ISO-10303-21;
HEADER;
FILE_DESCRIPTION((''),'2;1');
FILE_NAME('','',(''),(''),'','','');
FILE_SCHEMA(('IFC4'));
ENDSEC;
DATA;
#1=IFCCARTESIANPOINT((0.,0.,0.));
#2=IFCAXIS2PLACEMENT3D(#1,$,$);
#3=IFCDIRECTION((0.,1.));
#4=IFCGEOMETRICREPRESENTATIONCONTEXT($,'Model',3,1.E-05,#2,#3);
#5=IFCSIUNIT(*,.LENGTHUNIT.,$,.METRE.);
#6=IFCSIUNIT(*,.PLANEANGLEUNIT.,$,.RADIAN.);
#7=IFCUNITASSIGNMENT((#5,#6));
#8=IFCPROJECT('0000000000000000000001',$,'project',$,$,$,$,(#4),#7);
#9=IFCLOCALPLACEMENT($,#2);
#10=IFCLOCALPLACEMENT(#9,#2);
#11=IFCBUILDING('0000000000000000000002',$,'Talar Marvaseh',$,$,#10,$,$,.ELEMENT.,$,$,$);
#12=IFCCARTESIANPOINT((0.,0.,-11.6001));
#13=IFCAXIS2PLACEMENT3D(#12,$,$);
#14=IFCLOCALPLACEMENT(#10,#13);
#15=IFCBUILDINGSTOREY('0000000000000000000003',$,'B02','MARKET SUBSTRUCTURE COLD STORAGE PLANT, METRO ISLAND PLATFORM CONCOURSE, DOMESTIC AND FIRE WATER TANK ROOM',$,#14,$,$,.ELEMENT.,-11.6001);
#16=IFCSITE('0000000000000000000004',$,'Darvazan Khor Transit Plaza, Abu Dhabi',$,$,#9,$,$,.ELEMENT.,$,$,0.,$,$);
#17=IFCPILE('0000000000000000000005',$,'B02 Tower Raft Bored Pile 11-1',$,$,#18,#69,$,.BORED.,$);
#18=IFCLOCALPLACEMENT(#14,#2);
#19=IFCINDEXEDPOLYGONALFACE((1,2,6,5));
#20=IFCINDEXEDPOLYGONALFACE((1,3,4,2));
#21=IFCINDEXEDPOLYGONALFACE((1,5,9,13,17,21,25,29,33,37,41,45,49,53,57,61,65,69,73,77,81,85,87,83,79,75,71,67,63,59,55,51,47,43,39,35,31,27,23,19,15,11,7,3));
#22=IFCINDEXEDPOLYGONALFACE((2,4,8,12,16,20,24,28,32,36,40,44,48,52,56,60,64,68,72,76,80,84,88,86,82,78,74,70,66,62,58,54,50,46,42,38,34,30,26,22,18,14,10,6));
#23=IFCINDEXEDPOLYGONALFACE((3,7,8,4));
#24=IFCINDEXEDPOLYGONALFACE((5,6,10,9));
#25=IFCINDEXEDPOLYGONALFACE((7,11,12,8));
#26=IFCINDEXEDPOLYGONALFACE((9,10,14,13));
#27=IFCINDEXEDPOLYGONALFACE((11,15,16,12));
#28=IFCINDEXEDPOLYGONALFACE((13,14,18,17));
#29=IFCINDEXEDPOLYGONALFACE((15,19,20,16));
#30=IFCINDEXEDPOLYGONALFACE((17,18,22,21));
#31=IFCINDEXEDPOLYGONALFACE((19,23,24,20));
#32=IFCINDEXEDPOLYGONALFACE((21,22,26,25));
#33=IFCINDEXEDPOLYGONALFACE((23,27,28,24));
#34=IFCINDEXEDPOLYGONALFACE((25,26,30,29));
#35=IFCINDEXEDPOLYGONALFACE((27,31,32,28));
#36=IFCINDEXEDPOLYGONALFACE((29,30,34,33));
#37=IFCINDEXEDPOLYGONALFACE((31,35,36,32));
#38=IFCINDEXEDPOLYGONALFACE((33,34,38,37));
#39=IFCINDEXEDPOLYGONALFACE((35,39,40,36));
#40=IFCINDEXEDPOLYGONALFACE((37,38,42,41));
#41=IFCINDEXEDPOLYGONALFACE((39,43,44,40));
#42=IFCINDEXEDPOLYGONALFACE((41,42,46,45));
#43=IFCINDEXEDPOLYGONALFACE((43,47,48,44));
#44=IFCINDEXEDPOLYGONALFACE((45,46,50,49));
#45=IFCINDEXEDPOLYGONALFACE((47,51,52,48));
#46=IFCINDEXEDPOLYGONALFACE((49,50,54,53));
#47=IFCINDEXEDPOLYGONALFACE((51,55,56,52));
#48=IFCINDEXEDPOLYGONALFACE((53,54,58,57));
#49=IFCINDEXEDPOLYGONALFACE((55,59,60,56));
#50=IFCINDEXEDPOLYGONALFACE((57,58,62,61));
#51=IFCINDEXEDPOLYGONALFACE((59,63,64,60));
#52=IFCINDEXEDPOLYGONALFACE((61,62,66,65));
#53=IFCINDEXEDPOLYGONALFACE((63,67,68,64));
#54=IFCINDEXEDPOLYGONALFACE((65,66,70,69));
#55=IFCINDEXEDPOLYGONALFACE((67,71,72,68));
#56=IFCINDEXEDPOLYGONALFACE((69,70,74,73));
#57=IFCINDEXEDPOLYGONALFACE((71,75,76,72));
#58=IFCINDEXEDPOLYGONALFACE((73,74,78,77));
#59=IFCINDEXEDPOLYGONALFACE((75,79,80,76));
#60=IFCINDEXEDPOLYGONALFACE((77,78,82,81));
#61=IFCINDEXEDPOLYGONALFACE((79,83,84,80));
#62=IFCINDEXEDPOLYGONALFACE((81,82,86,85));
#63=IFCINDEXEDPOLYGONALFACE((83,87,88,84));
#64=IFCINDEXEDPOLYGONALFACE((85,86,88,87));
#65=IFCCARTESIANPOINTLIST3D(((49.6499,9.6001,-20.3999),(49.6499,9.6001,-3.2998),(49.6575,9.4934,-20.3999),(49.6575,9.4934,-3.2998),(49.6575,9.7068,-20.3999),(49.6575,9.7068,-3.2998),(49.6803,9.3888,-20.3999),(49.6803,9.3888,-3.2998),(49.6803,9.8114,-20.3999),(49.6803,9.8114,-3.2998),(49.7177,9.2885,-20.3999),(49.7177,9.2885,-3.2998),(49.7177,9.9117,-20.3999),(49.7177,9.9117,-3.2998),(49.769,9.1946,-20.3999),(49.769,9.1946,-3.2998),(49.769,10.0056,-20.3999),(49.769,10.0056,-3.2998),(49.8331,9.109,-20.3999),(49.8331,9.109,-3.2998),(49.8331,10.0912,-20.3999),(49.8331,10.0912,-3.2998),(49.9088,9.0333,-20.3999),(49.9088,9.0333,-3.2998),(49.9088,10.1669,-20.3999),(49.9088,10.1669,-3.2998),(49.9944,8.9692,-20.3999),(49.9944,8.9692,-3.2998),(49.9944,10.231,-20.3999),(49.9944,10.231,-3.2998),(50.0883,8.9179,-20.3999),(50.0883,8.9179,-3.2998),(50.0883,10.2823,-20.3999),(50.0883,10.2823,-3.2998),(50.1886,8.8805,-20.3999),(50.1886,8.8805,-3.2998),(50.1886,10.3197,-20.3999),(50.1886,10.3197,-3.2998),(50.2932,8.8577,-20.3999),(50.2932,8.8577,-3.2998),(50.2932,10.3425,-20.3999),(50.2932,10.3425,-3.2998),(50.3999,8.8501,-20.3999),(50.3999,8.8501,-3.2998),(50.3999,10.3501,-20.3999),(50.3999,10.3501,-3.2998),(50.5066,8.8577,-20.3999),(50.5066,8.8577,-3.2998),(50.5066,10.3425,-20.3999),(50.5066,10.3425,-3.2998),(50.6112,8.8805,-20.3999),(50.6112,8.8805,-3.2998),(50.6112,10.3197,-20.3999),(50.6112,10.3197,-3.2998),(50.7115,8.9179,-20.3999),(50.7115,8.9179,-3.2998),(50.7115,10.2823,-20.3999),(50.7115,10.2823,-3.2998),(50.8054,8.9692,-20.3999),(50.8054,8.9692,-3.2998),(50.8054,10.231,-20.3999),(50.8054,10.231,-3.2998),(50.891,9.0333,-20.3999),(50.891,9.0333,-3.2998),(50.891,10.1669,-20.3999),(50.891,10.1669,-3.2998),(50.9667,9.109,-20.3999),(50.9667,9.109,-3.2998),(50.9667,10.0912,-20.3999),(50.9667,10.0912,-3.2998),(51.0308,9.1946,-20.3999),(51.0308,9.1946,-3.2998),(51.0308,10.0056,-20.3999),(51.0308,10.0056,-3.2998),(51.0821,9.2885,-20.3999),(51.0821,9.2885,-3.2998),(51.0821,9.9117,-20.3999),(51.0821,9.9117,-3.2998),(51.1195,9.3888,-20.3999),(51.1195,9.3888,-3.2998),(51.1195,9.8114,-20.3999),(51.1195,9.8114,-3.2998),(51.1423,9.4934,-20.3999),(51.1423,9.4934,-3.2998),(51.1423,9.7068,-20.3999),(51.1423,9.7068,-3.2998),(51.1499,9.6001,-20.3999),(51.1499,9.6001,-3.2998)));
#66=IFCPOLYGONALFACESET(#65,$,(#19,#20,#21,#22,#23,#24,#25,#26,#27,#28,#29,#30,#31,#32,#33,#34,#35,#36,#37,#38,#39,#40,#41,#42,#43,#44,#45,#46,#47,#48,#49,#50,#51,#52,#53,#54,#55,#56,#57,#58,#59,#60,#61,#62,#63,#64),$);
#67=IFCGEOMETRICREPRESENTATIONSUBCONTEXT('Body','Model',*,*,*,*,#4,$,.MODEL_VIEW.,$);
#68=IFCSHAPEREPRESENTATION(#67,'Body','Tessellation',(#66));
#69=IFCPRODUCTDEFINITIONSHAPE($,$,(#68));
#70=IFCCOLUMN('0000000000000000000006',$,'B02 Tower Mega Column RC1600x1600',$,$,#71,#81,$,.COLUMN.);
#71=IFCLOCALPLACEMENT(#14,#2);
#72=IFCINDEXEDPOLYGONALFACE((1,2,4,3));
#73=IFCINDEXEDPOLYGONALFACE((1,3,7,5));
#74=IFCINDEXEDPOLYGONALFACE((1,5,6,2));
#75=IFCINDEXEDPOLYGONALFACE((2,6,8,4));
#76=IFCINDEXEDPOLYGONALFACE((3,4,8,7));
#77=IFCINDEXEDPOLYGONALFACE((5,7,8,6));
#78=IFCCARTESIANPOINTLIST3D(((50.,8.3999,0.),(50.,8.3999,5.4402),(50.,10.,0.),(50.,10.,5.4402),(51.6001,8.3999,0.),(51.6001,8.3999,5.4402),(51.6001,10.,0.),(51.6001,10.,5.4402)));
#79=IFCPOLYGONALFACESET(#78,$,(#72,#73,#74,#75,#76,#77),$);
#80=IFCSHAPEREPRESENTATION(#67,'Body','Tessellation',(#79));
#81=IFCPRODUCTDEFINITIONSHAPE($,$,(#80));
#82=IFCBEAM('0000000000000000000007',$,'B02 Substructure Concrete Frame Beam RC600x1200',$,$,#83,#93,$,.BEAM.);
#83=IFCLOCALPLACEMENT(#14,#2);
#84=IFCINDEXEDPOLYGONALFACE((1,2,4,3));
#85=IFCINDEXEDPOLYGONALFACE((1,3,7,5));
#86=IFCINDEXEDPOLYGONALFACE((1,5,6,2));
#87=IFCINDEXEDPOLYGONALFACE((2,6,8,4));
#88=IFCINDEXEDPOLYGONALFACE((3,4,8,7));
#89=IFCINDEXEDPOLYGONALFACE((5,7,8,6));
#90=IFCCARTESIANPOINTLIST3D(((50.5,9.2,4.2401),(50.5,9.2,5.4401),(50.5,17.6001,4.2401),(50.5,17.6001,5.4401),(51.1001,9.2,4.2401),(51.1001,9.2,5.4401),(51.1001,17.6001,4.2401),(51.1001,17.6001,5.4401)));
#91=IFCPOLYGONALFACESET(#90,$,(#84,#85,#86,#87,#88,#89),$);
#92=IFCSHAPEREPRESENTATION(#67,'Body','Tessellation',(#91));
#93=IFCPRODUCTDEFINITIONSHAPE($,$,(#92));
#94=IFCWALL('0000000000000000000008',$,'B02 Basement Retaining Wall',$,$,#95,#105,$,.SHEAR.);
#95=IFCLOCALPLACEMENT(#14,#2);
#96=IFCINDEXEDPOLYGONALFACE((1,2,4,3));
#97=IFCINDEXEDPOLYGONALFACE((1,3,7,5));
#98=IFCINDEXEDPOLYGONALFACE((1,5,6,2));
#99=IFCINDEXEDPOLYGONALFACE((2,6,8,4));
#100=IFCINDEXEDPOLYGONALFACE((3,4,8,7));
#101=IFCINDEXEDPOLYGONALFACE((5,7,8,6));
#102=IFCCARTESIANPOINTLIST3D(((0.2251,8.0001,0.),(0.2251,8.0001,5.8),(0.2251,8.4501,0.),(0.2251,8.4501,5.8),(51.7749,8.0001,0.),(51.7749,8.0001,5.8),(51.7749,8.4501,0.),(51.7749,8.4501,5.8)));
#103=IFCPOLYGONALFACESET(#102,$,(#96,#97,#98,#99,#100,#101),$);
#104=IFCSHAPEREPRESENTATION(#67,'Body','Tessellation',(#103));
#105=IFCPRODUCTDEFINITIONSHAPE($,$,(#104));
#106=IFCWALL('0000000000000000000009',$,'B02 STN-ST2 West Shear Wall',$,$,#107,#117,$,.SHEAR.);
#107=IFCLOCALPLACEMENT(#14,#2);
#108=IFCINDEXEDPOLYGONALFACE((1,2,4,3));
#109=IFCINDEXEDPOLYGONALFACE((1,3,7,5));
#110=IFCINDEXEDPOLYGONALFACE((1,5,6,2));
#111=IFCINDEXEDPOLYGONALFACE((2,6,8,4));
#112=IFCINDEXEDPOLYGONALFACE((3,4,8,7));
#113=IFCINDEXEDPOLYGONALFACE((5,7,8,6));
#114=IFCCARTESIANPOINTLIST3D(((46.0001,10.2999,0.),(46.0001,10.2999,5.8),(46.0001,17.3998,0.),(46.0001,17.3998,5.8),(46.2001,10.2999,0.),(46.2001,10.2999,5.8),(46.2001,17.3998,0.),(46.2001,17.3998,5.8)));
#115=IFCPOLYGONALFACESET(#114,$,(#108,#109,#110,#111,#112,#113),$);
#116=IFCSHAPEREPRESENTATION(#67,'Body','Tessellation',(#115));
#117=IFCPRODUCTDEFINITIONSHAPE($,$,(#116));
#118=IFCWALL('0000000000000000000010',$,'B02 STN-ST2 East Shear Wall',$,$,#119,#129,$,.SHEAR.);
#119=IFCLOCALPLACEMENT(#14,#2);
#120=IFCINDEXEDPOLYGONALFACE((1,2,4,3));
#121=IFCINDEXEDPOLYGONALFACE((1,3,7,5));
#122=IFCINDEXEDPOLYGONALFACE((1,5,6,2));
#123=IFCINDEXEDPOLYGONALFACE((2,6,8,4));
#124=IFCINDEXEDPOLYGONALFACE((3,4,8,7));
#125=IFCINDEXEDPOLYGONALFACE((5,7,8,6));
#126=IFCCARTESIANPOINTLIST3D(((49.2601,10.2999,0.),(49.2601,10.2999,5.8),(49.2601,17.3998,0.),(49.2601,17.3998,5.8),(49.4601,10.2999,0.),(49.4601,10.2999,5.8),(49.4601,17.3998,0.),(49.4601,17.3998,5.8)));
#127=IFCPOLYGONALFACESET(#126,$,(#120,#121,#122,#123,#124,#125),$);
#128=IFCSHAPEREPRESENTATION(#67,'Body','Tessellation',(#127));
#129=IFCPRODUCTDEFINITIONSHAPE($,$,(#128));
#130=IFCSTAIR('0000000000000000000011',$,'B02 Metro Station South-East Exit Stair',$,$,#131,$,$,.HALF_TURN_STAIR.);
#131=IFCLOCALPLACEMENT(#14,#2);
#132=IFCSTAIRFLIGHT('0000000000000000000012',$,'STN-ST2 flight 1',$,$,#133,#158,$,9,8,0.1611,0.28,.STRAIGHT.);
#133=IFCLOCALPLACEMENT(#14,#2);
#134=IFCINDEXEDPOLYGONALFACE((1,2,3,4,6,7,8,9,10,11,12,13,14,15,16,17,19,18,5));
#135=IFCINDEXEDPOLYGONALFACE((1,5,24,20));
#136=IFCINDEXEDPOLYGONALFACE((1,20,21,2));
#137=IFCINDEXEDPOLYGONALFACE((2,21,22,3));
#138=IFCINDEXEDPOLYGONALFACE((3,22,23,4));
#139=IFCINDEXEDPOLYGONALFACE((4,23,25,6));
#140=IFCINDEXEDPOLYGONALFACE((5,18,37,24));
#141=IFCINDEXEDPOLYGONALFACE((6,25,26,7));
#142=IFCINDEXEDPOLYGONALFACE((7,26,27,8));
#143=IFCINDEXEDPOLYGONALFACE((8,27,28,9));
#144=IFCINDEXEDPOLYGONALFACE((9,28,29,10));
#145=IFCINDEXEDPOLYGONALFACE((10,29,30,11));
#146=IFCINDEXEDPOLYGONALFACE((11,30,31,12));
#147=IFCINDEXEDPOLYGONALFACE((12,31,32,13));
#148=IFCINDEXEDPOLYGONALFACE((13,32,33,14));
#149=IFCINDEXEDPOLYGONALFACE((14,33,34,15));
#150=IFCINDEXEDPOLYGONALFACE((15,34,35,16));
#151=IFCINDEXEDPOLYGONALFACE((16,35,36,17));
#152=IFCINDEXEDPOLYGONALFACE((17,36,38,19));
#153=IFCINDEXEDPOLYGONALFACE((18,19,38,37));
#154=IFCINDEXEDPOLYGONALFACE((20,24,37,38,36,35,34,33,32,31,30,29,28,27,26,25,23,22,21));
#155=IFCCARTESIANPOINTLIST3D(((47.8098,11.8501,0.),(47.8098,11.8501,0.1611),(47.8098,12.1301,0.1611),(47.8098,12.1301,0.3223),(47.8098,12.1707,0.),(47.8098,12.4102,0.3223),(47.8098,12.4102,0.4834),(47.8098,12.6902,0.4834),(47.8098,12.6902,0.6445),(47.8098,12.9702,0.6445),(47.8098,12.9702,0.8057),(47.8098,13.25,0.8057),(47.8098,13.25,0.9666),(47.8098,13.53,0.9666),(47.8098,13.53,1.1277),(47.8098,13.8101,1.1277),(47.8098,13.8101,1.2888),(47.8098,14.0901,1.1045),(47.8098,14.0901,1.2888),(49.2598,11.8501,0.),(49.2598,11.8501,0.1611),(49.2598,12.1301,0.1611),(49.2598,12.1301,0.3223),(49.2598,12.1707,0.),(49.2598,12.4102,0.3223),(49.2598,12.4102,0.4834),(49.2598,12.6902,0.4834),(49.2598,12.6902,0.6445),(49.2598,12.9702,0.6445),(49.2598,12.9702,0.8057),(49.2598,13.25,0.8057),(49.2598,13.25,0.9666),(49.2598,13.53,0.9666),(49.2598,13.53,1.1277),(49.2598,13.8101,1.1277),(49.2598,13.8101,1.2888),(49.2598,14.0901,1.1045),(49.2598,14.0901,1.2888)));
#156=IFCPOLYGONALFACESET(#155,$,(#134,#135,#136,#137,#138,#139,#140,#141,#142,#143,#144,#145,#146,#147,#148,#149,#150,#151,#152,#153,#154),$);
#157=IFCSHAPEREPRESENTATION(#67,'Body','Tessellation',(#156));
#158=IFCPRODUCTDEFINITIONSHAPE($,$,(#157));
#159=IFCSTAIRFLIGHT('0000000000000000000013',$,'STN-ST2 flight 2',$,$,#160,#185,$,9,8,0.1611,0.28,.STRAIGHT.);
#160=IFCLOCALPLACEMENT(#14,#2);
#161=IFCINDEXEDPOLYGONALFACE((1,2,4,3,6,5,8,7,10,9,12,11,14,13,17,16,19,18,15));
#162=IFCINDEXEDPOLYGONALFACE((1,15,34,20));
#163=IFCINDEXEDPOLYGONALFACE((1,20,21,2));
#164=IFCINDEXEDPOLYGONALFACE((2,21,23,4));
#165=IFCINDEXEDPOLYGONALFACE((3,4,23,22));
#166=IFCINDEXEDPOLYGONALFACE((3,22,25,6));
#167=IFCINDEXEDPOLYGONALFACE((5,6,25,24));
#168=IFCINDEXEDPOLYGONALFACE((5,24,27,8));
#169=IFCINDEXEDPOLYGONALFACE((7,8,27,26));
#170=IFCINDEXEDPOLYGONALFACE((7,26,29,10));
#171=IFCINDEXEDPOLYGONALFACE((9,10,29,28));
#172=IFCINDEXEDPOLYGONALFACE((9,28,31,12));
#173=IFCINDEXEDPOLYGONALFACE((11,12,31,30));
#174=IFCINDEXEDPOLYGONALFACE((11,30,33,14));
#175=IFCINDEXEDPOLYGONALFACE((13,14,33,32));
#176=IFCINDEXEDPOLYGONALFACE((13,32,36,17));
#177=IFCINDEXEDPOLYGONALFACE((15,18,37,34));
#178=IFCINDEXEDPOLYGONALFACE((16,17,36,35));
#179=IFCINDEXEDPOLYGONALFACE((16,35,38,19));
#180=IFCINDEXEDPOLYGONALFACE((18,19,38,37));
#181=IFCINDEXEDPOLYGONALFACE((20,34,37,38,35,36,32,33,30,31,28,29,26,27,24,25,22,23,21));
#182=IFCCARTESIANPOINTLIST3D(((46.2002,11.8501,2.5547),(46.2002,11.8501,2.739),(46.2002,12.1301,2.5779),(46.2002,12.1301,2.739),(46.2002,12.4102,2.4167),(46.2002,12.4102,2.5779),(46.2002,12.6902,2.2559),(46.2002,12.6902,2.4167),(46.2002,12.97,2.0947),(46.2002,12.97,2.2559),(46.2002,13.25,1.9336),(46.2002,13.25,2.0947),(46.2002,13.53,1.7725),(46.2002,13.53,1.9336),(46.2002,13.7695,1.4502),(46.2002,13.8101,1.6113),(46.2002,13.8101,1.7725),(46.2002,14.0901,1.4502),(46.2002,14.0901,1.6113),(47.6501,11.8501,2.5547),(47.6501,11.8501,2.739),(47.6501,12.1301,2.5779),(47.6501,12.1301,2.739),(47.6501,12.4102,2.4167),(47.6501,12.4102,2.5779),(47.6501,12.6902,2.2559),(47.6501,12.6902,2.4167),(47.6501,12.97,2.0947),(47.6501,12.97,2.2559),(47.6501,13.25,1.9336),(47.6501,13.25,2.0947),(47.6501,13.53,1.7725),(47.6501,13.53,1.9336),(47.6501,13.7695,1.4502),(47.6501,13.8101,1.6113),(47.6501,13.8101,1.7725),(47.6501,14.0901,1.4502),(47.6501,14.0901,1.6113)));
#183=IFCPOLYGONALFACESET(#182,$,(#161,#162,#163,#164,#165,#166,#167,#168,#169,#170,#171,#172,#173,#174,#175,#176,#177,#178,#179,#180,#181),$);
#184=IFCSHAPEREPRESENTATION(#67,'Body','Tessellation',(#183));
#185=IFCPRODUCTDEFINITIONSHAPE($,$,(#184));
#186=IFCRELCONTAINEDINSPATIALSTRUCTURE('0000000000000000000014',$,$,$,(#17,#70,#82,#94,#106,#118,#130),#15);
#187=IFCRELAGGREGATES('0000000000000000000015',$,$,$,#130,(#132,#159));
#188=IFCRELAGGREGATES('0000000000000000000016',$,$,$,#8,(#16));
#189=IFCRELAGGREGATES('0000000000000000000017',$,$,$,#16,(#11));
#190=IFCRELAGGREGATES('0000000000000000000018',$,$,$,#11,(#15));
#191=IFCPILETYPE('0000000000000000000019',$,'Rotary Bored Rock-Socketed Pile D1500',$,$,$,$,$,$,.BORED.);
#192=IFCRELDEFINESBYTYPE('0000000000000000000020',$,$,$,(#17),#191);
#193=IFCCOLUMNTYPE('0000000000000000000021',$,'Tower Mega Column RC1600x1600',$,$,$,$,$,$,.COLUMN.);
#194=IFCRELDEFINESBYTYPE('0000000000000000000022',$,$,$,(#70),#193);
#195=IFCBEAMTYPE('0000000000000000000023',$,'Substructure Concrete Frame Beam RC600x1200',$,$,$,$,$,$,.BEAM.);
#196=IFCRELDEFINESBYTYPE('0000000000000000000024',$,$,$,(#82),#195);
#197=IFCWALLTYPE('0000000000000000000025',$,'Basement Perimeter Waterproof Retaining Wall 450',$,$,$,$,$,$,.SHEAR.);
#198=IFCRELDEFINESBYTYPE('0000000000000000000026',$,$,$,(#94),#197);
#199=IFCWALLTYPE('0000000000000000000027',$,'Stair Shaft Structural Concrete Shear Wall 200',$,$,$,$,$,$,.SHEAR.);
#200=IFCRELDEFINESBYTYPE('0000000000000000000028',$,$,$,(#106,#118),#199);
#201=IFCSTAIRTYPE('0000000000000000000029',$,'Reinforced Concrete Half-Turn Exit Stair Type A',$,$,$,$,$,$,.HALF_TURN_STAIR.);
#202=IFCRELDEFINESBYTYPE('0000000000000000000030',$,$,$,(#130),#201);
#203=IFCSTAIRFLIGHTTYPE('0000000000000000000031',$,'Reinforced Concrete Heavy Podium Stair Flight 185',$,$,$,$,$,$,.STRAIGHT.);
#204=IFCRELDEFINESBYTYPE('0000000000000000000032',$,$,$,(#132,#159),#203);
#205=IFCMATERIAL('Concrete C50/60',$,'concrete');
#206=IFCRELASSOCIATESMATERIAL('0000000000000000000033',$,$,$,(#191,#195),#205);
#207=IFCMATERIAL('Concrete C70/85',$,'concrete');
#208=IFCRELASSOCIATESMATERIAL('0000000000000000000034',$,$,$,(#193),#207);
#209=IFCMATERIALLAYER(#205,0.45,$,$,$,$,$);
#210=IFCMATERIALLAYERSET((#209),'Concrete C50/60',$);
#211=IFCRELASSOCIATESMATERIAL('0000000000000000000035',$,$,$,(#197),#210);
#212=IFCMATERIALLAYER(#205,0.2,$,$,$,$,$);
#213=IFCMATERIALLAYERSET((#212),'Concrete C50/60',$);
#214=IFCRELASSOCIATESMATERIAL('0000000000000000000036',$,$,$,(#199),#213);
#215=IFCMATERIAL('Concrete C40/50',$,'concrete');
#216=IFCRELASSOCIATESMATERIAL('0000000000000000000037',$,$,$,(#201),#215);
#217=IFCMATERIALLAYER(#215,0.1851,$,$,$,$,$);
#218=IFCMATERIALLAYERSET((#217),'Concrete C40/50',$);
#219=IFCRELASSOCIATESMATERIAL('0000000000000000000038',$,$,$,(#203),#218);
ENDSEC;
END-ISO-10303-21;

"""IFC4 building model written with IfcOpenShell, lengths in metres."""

from ifc_helpers import new_model, si_unit, direction, frame, frame_2d, origin, origin_2d, place, context, subcontext, project, spatial, polyline, rectangle, circle, outline, extrude, source, transform, mapped, material, layer, layer_set, material_profile, profile_set, type_object, type_shapes, element, aggregate, save


model = new_model("IFC4")

# Units and contexts
model_context = context("Model", 3, precision=1e-05, world=origin(), true_north=direction((0.0, 1.0)))
body_context = subcontext(model_context, "Body", "Model", "MODEL_VIEW")
ifc_project = project(units=[si_unit("LENGTHUNIT", "METRE"), si_unit("PLANEANGLEUNIT", "RADIAN")], contexts=[model_context])

# Site, building, storey
site_placement = place(None, origin())
site = spatial("IfcSite", under=ifc_project, at=site_placement, Name="Darvazan Khor Transit Plaza, Abu Dhabi", CompositionType="ELEMENT", RefElevation=0.0)
building_placement = place(site_placement, origin())
building = spatial("IfcBuilding", under=site, at=building_placement, Name="Talar Marvaseh", CompositionType="ELEMENT")
storey_placement = place(building_placement, frame((0.0, 0.0, -11.6001)))
storey = spatial("IfcBuildingStorey", under=building, at=storey_placement, Name="B02", Description="MARKET SUBSTRUCTURE COLD STORAGE PLANT, METRO ISLAND PLATFORM CONCOURSE, DOMESTIC AND FIRE WATER TANK ROOM", CompositionType="ELEMENT", Elevation=-11.6001)

# Pile
ifc_material_1 = material(Name="Concrete C50/60", Category="concrete")
ifc_material_profile_1 = material_profile(ifc_material_1, circle(Radius=0.75, at=origin_2d()), Name="PILE-D1500")
ifc_profile_set_1 = profile_set([ifc_material_profile_1], Name="Concrete C50/60")
pile_type = type_object("IfcPileType", Name="Rotary Bored Rock-Socketed Pile D1500", PredefinedType="BORED", material=ifc_profile_set_1)
shared_shape_1 = source(origin(), body_context, "Body", "SweptSolid", [
    extrude(circle(Radius=0.75, at=origin_2d()), origin(), (0.0, 0.0, 1.0), 17.1001),
])
type_shapes(pile_type, [shared_shape_1])
pile_placement = place(storey_placement, frame((50.3999, 9.6001, -3.2998), z_axis=(0.0, 0.0, -1.0), x_axis=(1.0, 0.0, 0.0)))
element("IfcPile", 1, at=pile_placement, inside=storey, type_object=pile_type, Name="B02 Tower Raft Bored Pile 11-1", PredefinedType="BORED", context=body_context, shape_type="MappedRepresentation", body=[
    mapped(shared_shape_1, transform((0.0, 0.0, 0.0), x_axis=(1.0, 0.0, 0.0), y_axis=(0.0, 1.0, 0.0), z_axis=(0.0, 0.0, 1.0), scale=1.0)),
])

# Column
ifc_material_2 = material(Name="Concrete C70/85", Category="concrete")
ifc_material_profile_2 = material_profile(ifc_material_2, rectangle(XDim=1.6001, YDim=1.6001, at=origin_2d()), Name="RC1600x1600")
ifc_profile_set_2 = profile_set([ifc_material_profile_2], Name="Concrete C70/85")
column_type = type_object("IfcColumnType", Name="Tower Mega Column RC1600x1600", PredefinedType="COLUMN", material=ifc_profile_set_2)
column_placement = place(storey_placement, frame((50.8, 9.2, 0.0), z_axis=(0.0, 0.0, 1.0), x_axis=(1.0, 0.0, 0.0)))
element("IfcColumn", 2, at=column_placement, inside=storey, type_object=column_type, Name="B02 Tower Mega Column RC1600x1600", PredefinedType="COLUMN", context=body_context, shape_type="SweptSolid", body=[
    extrude(rectangle(XDim=1.6001, YDim=1.6001, at=origin_2d()), origin(), (0.0, 0.0, 1.0), 5.4402),
])

# Beam
ifc_material_profile_3 = material_profile(ifc_material_1, rectangle(XDim=0.6001, YDim=1.2, at=origin_2d()), Name="RC600x1200")
ifc_profile_set_3 = profile_set([ifc_material_profile_3], Name="Concrete C50/60")
beam_type = type_object("IfcBeamType", Name="Substructure Concrete Frame Beam RC600x1200", PredefinedType="BEAM", material=ifc_profile_set_3)
beam_placement = place(storey_placement, frame((50.8, 9.2, 4.8401), z_axis=(0.0, 1.0, 0.0), x_axis=(-1.0, 0.0, 0.0)))
element("IfcBeam", 3, at=beam_placement, inside=storey, type_object=beam_type, Name="B02 Substructure Concrete Frame Beam RC600x1200", PredefinedType="BEAM", context=body_context, shape_type="SweptSolid", body=[
    extrude(rectangle(XDim=0.6001, YDim=1.2, at=origin_2d()), origin(), (0.0, 0.0, 1.0), 8.4001),
])

# Wall
ifc_layer_1 = layer(ifc_material_1, 0.45)
ifc_layer_set_1 = layer_set([ifc_layer_1], Name="Concrete C50/60")
wall_type_1 = type_object("IfcWallType", Name="Basement Perimeter Waterproof Retaining Wall 450", PredefinedType="SHEAR", material=ifc_layer_set_1)
wall_1_placement = place(storey_placement, frame((51.7749, 8.2251, 0.0), z_axis=(0.0, 0.0, 1.0), x_axis=(-1.0, 0.0, 0.0)))
element("IfcWall", 4, at=wall_1_placement, inside=storey, type_object=wall_type_1, Name="B02 Basement Retaining Wall", PredefinedType="SHEAR", context=body_context, shape_type="SweptSolid", body=[
    extrude(rectangle(XDim=51.5498, YDim=0.45, at=frame_2d((25.7749, 0.0))), origin(), (0.0, 0.0, 1.0), 5.8),
])

# Shared definitions
ifc_layer_2 = layer(ifc_material_1, 0.2)
ifc_layer_set_2 = layer_set([ifc_layer_2], Name="Concrete C50/60")
wall_type_2 = type_object("IfcWallType", Name="Stair Shaft Structural Concrete Shear Wall 200", PredefinedType="SHEAR", material=ifc_layer_set_2)

# Walls
for number, where, z_axis, x_axis, name in (
    (5, (46.1001, 10.3, 0.0), (0.0, 0.0, 1.0), (0.0, 1.0, 0.0), "B02 STN-ST2 West Shear Wall"),
    (6, (49.3601, 10.3, 0.0), (0.0, 0.0, 1.0), (0.0, 1.0, 0.0), "B02 STN-ST2 East Shear Wall"),
):
    element("IfcWall", number, at=place(storey_placement, frame(where, z_axis=z_axis, x_axis=x_axis)), inside=storey, type_object=wall_type_2, Name=name, PredefinedType="SHEAR", context=body_context, shape_type="SweptSolid", body=[
        extrude(rectangle(XDim=7.0999, YDim=0.2, at=frame_2d((3.5498, 0.0))), origin(), (0.0, 0.0, 1.0), 5.8),
    ])

# Stair, stair flights
ifc_material_3 = material(Name="Concrete C40/50", Category="concrete")
stair_type = type_object("IfcStairType", Name="Reinforced Concrete Half-Turn Exit Stair Type A", PredefinedType="HALF_TURN_STAIR", material=ifc_material_3)
stair_placement = place(storey_placement, origin())
stair = element("IfcStair", 7, at=stair_placement, inside=storey, type_object=stair_type, Name="B02 Metro Station South-East Exit Stair", PredefinedType="HALF_TURN_STAIR")
ifc_layer_3 = layer(ifc_material_3, 0.1851)
ifc_layer_set_3 = layer_set([ifc_layer_3], Name="Concrete C40/50")
stair_flight_type = type_object("IfcStairFlightType", Name="Reinforced Concrete Heavy Podium Stair Flight 185", PredefinedType="STRAIGHT", material=ifc_layer_set_3)
stair_flight_1_placement = place(storey_placement, frame((48.5349, 11.8501, 0.0), z_axis=(0.0, 0.0, 1.0), x_axis=(0.0, 1.0, 0.0)))
stair_flight_1 = element("IfcStairFlight", 8, at=stair_flight_1_placement, type_object=stair_flight_type, Name="STN-ST2 flight 1", NumberOfRisers=9, NumberOfTreads=8, PredefinedType="STRAIGHT", RiserHeight=0.1611, TreadLength=0.28, context=body_context, shape_type="SweptSolid", body=[
    extrude(outline(polyline([(0.0, 0.0), (0.0, 0.1611), (0.28, 0.1611), (0.28, 0.3223), (0.5601, 0.3223), (0.5601, 0.4834), (0.8401, 0.4834), (0.8401, 0.6445), (1.1201, 0.6445), (1.1201, 0.8057), (1.3999, 0.8057), (1.3999, 0.9666), (1.6799, 0.9666), (1.6799, 1.1277), (1.96, 1.1277), (1.96, 1.2888), (2.24, 1.2888), (2.24, 1.45), (2.24, 1.1045), (0.3206, 0.0), (0.0, 0.0)])), frame((0.0, 0.7251, 0.0), z_axis=(0.0, -1.0, 0.0), x_axis=(1.0, 0.0, 0.0)), (0.0, 0.0, 1.0), 1.45),
])
stair_flight_2_placement = place(storey_placement, frame((46.925, 14.0901, 1.4502), z_axis=(0.0, 0.0, 1.0), x_axis=(0.0, -1.0, 0.0)))
stair_flight_2 = element("IfcStairFlight", 9, at=stair_flight_2_placement, type_object=stair_flight_type, Name="STN-ST2 flight 2", NumberOfRisers=9, NumberOfTreads=8, PredefinedType="STRAIGHT", RiserHeight=0.1611, TreadLength=0.28, context=body_context, shape_type="SweptSolid", body=[
    extrude(outline(polyline([(0.0, 0.0), (0.0, 0.1611), (0.28, 0.1611), (0.28, 0.3223), (0.5601, 0.3223), (0.5601, 0.4834), (0.8401, 0.4834), (0.8401, 0.6445), (1.1201, 0.6445), (1.1201, 0.8057), (1.3999, 0.8057), (1.3999, 0.9666), (1.6799, 0.9666), (1.6799, 1.1277), (1.96, 1.1277), (1.96, 1.2888), (2.24, 1.2888), (2.24, 1.45), (2.24, 1.1045), (0.3206, 0.0), (0.0, 0.0)])), frame((0.0, 0.7251, 0.0), z_axis=(0.0, -1.0, 0.0), x_axis=(1.0, 0.0, 0.0)), (0.0, 0.0, 1.0), 1.45),
])
aggregate(stair, [stair_flight_1, stair_flight_2])

save(model, "model.ifc")
